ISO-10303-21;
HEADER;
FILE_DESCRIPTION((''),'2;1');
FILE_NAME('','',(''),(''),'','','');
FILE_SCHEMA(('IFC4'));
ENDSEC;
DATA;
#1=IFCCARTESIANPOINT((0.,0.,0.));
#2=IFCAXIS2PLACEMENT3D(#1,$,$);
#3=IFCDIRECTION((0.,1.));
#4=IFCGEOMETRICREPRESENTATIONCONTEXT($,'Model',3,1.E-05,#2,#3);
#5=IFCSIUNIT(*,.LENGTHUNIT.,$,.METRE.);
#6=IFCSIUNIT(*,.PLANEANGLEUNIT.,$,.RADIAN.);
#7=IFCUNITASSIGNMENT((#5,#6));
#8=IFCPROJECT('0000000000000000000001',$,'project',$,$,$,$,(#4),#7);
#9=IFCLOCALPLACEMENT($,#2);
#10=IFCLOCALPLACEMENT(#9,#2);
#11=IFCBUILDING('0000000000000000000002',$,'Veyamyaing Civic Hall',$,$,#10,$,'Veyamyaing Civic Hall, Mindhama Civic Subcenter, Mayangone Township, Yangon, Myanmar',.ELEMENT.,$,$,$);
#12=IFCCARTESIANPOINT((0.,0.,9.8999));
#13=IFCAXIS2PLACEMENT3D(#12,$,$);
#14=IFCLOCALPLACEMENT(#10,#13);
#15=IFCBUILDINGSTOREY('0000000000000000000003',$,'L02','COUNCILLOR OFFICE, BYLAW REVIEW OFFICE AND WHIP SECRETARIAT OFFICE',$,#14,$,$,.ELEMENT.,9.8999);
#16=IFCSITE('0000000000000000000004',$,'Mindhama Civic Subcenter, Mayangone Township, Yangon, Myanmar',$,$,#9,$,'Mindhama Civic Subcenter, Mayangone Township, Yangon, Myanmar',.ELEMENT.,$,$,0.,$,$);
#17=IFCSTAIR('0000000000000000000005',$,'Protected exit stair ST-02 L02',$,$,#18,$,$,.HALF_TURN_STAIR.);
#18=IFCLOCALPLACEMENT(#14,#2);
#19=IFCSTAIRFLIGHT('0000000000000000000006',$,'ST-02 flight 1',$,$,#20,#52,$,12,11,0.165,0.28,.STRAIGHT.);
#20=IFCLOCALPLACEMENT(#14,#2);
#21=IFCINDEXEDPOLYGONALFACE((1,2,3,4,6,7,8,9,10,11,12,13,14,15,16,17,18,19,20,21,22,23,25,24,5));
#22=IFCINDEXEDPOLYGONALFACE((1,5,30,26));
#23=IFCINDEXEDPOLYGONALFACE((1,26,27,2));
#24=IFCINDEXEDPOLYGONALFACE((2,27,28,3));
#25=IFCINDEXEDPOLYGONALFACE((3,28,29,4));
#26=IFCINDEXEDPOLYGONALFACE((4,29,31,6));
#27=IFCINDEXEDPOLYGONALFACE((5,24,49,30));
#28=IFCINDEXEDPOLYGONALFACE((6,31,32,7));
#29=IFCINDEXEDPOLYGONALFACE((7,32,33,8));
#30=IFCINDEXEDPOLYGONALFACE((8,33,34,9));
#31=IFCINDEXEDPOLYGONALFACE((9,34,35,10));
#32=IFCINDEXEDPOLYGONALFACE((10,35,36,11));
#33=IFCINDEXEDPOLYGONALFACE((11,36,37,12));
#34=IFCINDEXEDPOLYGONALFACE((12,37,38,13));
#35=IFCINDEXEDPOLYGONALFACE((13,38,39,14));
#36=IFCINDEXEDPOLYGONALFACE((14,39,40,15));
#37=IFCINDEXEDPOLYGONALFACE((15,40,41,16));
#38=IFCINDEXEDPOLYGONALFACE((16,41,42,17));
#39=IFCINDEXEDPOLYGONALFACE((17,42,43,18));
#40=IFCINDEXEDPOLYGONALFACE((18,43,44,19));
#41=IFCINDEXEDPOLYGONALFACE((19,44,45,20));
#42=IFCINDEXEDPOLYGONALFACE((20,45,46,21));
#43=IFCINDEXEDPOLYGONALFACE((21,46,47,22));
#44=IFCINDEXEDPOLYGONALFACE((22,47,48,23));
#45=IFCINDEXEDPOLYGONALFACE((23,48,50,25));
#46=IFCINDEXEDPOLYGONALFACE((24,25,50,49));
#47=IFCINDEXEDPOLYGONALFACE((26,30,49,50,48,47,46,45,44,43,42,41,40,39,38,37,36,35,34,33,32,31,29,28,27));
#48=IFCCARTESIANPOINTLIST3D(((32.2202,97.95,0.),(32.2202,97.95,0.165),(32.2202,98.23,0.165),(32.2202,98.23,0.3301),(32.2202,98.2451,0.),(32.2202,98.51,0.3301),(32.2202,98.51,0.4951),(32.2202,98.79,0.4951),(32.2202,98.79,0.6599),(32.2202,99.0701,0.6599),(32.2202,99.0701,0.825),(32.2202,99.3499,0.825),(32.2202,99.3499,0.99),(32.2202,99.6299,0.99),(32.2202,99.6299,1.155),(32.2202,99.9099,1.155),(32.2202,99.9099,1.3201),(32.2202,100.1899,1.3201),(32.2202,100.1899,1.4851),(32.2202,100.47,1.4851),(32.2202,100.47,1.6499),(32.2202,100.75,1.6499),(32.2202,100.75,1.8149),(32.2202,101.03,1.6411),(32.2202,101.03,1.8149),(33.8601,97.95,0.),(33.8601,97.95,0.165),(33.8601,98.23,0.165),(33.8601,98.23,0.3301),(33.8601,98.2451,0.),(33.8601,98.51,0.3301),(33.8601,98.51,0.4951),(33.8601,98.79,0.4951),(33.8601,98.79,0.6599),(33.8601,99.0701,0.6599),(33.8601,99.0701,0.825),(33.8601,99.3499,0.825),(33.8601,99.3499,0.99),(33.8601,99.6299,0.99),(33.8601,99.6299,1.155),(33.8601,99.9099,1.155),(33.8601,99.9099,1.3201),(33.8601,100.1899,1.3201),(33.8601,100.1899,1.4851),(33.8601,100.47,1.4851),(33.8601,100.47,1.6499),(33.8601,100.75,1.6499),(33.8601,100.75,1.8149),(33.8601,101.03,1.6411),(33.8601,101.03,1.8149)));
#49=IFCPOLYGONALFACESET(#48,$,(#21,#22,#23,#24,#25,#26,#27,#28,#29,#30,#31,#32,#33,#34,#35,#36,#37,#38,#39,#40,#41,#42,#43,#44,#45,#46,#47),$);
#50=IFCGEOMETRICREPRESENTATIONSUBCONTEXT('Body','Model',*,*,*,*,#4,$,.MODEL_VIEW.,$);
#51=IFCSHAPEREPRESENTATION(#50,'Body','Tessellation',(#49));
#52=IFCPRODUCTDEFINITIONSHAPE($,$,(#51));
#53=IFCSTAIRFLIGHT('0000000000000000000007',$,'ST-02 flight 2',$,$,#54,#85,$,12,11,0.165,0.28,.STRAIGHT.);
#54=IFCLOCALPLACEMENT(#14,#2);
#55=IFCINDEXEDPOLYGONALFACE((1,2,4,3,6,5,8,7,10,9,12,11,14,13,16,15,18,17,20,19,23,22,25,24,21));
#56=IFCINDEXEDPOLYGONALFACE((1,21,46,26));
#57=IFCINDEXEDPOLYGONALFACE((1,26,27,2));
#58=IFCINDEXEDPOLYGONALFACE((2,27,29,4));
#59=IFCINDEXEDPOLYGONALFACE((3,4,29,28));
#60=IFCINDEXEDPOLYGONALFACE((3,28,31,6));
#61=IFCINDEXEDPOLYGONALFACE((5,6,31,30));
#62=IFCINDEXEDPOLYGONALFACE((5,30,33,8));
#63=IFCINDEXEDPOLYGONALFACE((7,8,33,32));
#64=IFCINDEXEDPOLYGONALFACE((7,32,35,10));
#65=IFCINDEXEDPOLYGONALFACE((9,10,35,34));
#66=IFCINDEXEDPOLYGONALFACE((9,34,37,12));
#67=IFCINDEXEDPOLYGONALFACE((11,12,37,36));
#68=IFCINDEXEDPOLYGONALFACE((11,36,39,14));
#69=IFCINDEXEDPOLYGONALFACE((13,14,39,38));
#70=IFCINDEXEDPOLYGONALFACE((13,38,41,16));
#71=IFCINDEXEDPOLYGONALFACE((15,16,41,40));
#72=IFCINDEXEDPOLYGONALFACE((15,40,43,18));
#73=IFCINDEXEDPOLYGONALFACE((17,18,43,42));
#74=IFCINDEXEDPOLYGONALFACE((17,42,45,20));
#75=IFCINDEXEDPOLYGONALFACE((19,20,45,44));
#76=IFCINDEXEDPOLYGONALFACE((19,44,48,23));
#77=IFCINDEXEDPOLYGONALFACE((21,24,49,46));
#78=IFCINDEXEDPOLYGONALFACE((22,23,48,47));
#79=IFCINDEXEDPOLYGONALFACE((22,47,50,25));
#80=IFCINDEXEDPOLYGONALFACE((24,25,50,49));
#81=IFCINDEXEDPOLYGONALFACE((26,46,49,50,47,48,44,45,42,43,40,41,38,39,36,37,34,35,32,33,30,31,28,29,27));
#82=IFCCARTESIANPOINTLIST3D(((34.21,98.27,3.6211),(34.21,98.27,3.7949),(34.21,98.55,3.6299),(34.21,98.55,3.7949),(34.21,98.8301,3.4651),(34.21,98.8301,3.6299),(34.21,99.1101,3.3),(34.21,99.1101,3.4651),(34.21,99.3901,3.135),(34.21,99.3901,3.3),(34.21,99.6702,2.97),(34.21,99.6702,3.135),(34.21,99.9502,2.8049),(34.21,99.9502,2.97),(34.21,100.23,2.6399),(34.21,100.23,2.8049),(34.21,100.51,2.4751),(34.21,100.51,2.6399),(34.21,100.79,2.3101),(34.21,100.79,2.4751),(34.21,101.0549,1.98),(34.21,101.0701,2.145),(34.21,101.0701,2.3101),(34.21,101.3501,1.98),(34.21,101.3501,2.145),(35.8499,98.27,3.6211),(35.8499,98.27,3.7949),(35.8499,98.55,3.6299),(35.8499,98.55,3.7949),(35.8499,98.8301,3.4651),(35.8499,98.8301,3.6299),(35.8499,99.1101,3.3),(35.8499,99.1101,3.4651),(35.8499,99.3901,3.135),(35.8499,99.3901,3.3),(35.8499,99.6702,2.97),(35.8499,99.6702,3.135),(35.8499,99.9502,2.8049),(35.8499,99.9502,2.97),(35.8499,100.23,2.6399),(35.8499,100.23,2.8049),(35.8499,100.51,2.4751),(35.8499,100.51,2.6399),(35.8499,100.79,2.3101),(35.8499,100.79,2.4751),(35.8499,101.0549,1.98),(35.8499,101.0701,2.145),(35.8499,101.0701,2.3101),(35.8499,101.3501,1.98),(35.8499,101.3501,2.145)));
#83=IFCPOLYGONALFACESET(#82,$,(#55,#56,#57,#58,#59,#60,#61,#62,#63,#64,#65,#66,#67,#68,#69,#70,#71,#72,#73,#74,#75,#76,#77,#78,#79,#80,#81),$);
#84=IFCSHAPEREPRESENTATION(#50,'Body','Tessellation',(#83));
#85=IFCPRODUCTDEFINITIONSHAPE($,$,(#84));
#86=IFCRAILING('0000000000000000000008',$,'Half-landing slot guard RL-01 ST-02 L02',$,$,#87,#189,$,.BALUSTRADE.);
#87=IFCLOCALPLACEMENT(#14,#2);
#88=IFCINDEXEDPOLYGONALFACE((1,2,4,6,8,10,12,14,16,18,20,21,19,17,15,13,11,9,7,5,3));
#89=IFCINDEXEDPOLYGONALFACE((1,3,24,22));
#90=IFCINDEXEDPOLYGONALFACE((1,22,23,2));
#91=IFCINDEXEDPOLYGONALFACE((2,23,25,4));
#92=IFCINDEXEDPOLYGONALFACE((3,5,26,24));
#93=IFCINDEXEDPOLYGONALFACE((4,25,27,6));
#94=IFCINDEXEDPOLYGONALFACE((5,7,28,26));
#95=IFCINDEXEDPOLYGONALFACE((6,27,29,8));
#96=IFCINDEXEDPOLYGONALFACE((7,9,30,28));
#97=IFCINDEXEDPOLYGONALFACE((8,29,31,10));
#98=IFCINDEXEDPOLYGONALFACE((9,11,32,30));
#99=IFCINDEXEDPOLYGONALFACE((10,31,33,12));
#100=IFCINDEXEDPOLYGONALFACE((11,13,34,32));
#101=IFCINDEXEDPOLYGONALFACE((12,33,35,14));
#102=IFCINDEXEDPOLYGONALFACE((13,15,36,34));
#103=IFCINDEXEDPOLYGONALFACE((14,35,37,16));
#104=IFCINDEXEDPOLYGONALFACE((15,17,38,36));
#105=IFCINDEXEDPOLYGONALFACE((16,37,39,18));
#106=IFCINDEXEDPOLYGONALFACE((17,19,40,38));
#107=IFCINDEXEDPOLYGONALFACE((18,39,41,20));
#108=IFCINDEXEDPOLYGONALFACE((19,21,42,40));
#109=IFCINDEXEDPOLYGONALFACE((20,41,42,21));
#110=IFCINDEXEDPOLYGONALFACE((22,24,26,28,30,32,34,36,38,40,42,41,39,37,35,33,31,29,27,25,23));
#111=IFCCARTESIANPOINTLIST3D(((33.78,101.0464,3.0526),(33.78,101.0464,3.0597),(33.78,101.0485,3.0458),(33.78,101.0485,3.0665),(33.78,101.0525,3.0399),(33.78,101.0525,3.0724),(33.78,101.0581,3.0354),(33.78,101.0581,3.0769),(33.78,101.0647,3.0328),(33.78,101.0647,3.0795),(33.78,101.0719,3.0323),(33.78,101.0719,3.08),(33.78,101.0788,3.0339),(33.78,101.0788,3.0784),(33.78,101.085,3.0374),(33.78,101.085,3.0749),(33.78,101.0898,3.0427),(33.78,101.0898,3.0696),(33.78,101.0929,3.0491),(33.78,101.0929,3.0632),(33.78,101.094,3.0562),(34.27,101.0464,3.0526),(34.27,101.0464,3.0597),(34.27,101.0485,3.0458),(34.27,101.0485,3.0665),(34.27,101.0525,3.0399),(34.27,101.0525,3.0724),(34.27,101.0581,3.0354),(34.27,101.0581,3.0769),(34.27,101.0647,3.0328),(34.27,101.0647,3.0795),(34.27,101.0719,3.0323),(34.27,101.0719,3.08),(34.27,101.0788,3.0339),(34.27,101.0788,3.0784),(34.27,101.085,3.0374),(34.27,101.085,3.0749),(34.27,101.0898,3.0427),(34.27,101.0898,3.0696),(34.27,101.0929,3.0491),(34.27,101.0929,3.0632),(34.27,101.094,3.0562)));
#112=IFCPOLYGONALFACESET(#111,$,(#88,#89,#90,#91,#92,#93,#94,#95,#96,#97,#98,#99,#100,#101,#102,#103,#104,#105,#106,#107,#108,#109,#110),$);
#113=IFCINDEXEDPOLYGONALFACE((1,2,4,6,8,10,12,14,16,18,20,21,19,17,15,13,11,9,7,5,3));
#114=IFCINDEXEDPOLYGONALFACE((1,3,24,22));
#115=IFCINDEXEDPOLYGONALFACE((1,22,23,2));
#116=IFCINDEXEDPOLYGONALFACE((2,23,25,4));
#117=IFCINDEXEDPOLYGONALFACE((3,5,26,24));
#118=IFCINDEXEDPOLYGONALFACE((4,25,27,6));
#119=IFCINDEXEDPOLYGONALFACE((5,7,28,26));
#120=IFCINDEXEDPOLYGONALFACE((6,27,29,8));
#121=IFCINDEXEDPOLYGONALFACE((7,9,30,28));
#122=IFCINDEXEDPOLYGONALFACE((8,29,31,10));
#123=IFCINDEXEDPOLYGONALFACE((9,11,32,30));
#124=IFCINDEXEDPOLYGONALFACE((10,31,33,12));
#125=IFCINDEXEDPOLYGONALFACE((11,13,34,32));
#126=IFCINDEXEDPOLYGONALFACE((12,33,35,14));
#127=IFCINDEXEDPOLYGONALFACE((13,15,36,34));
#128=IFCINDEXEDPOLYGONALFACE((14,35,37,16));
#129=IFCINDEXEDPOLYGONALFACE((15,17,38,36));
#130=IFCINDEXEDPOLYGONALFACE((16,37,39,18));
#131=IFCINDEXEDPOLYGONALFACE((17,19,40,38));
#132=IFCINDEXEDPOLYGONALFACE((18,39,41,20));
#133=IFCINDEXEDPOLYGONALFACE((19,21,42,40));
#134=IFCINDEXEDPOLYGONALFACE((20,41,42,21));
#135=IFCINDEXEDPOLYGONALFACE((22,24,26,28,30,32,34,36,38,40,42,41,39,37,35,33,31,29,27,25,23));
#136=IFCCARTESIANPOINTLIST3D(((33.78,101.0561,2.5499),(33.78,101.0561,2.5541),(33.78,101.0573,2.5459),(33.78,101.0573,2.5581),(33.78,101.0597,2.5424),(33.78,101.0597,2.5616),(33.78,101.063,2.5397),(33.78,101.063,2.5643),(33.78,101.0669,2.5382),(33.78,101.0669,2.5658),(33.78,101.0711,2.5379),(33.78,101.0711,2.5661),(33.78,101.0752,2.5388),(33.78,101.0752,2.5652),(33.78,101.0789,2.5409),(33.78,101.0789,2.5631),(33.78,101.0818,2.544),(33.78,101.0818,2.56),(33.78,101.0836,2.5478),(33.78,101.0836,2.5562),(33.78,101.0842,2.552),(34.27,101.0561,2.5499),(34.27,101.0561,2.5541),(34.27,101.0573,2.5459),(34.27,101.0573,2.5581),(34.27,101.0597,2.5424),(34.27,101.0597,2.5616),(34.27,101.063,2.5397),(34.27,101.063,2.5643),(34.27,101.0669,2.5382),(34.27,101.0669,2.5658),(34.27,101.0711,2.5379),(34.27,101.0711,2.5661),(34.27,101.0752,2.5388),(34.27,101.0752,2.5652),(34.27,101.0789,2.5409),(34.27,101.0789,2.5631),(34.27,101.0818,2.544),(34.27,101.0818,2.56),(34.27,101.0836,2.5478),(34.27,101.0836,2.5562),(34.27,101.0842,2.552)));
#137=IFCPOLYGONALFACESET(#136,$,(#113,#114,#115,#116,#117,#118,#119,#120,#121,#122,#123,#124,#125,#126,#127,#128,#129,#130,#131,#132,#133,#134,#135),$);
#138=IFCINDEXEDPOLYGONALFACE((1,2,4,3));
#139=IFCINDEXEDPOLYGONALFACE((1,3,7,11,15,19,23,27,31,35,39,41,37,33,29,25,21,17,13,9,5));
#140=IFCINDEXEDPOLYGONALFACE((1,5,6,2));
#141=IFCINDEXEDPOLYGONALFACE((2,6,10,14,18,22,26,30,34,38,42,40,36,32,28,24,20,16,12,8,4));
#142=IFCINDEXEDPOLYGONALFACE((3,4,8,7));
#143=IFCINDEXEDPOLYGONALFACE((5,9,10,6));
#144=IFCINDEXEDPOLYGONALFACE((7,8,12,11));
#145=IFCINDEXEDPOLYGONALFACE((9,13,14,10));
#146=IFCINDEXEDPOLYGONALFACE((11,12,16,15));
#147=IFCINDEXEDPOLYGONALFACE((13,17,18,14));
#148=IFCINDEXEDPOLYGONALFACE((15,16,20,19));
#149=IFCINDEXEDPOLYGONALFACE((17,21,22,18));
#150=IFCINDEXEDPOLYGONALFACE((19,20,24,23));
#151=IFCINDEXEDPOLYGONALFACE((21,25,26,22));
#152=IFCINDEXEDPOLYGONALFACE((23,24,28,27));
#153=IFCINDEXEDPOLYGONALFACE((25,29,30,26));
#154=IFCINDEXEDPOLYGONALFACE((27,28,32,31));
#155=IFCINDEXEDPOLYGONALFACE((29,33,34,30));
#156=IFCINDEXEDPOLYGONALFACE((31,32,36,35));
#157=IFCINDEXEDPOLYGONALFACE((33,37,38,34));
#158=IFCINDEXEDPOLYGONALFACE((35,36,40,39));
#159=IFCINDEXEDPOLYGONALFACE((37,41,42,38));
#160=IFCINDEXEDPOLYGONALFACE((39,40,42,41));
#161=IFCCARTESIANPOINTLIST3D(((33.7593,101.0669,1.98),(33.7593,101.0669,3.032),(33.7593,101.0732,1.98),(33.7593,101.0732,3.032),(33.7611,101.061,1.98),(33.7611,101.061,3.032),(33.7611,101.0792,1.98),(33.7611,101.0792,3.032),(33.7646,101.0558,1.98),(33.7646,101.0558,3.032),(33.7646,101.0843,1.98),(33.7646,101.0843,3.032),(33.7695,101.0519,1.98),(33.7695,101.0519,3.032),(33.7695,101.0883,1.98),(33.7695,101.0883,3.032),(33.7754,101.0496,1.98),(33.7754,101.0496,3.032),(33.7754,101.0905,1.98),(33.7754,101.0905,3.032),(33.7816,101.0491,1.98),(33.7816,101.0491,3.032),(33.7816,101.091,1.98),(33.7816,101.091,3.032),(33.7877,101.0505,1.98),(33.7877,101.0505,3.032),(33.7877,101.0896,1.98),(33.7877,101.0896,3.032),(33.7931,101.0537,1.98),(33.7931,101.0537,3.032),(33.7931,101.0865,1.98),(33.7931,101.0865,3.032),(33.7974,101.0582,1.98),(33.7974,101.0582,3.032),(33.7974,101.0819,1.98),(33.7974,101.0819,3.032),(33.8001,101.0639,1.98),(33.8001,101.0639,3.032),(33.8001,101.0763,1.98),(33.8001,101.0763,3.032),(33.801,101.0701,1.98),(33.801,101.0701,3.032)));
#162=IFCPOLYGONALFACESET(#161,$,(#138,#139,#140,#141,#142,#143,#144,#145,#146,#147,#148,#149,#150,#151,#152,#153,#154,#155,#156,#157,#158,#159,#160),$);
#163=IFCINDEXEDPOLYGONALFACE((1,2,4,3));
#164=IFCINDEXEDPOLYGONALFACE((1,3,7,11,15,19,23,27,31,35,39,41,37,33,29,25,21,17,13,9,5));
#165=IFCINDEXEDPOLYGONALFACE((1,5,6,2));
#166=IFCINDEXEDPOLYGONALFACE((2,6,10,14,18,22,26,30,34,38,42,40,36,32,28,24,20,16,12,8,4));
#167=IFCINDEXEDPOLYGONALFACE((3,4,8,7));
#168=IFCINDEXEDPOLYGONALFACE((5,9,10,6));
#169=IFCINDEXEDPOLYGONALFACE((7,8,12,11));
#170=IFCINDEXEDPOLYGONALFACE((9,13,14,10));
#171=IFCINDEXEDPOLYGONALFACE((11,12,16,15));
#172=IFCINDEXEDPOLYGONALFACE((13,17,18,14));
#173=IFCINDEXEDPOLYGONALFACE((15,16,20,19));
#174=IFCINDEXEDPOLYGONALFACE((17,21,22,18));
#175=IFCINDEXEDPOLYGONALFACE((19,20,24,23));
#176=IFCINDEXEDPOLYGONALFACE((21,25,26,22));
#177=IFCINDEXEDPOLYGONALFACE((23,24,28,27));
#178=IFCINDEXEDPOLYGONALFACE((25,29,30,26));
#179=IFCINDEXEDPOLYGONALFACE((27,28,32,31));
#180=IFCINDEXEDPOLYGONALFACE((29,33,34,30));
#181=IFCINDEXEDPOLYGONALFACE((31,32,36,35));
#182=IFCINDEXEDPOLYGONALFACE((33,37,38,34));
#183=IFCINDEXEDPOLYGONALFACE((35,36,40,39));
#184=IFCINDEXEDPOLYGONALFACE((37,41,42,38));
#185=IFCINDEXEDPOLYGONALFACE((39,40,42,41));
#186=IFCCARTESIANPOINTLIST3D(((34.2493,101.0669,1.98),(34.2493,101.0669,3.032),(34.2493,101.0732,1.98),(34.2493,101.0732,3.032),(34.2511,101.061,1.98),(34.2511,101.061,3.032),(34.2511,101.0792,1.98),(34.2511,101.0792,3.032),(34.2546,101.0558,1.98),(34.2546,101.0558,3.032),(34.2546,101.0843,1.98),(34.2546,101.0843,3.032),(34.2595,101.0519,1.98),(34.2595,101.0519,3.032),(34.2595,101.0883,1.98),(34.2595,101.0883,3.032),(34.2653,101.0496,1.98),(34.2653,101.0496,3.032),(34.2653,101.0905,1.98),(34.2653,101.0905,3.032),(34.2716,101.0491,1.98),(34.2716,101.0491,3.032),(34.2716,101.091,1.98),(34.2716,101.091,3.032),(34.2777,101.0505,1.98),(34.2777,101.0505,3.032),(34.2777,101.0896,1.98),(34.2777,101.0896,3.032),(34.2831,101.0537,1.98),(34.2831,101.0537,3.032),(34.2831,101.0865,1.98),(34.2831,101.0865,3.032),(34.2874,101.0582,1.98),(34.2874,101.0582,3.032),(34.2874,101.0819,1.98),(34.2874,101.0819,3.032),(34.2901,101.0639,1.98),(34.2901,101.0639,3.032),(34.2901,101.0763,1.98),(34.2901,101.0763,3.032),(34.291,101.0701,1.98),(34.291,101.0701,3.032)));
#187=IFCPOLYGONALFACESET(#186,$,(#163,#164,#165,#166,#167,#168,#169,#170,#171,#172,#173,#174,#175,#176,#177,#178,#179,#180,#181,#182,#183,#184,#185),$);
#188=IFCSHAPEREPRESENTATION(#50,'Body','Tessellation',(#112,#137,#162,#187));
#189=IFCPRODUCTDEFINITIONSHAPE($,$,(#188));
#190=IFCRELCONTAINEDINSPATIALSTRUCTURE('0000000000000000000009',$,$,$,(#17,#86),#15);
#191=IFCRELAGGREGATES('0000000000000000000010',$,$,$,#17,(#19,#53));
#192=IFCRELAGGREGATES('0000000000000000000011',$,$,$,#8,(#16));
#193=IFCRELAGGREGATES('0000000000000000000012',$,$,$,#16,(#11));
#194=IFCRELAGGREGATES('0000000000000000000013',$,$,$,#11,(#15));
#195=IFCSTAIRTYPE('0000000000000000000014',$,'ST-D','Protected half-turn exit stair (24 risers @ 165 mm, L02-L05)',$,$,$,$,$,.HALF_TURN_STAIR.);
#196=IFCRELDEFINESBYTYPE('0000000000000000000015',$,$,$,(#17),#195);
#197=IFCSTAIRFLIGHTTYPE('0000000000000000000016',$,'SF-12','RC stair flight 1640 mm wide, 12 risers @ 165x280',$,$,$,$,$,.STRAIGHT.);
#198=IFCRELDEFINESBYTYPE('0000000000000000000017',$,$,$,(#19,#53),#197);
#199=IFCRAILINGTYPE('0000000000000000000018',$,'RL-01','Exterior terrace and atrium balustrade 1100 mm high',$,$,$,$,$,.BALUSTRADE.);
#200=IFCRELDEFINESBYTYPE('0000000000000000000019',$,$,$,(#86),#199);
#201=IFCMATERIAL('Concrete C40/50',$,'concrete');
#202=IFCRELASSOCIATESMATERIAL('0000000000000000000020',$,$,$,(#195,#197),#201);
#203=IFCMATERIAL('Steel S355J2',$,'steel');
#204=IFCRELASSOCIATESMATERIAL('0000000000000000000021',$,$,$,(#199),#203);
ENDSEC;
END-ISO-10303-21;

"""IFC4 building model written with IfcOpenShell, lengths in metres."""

from ifc_helpers import new_model, si_unit, direction, frame, origin, origin_2d, place, context, subcontext, project, spatial, polyline, circle, outline, extrude, material, type_object, element, aggregate, save


model = new_model("IFC4")

# Units and contexts
model_context = context("Model", 3, precision=1e-05, world=origin(), true_north=direction((0.0, 1.0)))
body_context = subcontext(model_context, "Body", "Model", "MODEL_VIEW")
ifc_project = project(units=[si_unit("LENGTHUNIT", "METRE"), si_unit("PLANEANGLEUNIT", "RADIAN")], contexts=[model_context])

# Site, building, storey
site_placement = place(None, origin())
site = spatial("IfcSite", under=ifc_project, at=site_placement, Name="Mindhama Civic Subcenter, Mayangone Township, Yangon, Myanmar", LongName="Mindhama Civic Subcenter, Mayangone Township, Yangon, Myanmar", CompositionType="ELEMENT", RefElevation=0.0)
building_placement = place(site_placement, origin())
building = spatial("IfcBuilding", under=site, at=building_placement, Name="Veyamyaing Civic Hall", LongName="Veyamyaing Civic Hall, Mindhama Civic Subcenter, Mayangone Township, Yangon, Myanmar", CompositionType="ELEMENT")
storey_placement = place(building_placement, frame((0.0, 0.0, 9.8999)))
storey = spatial("IfcBuildingStorey", under=building, at=storey_placement, Name="L02", Description="COUNCILLOR OFFICE, BYLAW REVIEW OFFICE AND WHIP SECRETARIAT OFFICE", CompositionType="ELEMENT", Elevation=9.8999)

# Shared definitions
ifc_material_1 = material(Name="Concrete C40/50", Category="concrete")

# Stair, stair flights
stair_type = type_object("IfcStairType", Name="ST-D", Description="Protected half-turn exit stair (24 risers @ 165 mm, L02-L05)", PredefinedType="HALF_TURN_STAIR", material=ifc_material_1)
stair_placement = place(storey_placement, origin())
stair = element("IfcStair", 1, at=stair_placement, inside=storey, type_object=stair_type, Name="Protected exit stair ST-02 L02", PredefinedType="HALF_TURN_STAIR")
stair_flight_type = type_object("IfcStairFlightType", Name="SF-12", Description="RC stair flight 1640 mm wide, 12 risers @ 165x280", PredefinedType="STRAIGHT", material=ifc_material_1)
stair_flight_1_placement = place(storey_placement, frame((33.04, 97.95, 0.0), z_axis=(0.0, 0.0, 1.0), x_axis=(0.0, 1.0, 0.0)))
stair_flight_1 = element("IfcStairFlight", 2, at=stair_flight_1_placement, type_object=stair_flight_type, Name="ST-02 flight 1", NumberOfRisers=12, NumberOfTreads=11, PredefinedType="STRAIGHT", RiserHeight=0.165, TreadLength=0.28, context=body_context, shape_type="SweptSolid", body=[
    extrude(outline(polyline([(0.0, 0.0), (0.0, 0.165), (0.28, 0.165), (0.28, 0.3301), (0.5601, 0.3301), (0.5601, 0.4951), (0.8401, 0.4951), (0.8401, 0.6599), (1.1201, 0.6599), (1.1201, 0.825), (1.3999, 0.825), (1.3999, 0.99), (1.6799, 0.99), (1.6799, 1.155), (1.96, 1.155), (1.96, 1.3201), (2.24, 1.3201), (2.24, 1.4851), (2.52, 1.4851), (2.52, 1.6499), (2.8, 1.6499), (2.8, 1.8149), (3.0801, 1.8149), (3.0801, 1.98), (3.0801, 1.6411), (0.2952, 0.0), (0.0, 0.0)])), frame((0.0, 0.8198, 0.0), z_axis=(0.0, -1.0, 0.0), x_axis=(1.0, 0.0, 0.0)), (0.0, 0.0, 1.0), 1.6399),
])
stair_flight_2_placement = place(storey_placement, frame((35.03, 101.3501, 1.98), z_axis=(0.0, 0.0, 1.0), x_axis=(0.0, -1.0, 0.0)))
stair_flight_2 = element("IfcStairFlight", 3, at=stair_flight_2_placement, type_object=stair_flight_type, Name="ST-02 flight 2", NumberOfRisers=12, NumberOfTreads=11, PredefinedType="STRAIGHT", RiserHeight=0.165, TreadLength=0.28, context=body_context, shape_type="SweptSolid", body=[
    extrude(outline(polyline([(0.0, 0.0), (0.0, 0.165), (0.28, 0.165), (0.28, 0.3301), (0.5601, 0.3301), (0.5601, 0.4951), (0.8401, 0.4951), (0.8401, 0.6599), (1.1201, 0.6599), (1.1201, 0.825), (1.3999, 0.825), (1.3999, 0.99), (1.6799, 0.99), (1.6799, 1.155), (1.96, 1.155), (1.96, 1.3201), (2.24, 1.3201), (2.24, 1.4851), (2.52, 1.4851), (2.52, 1.6499), (2.8, 1.6499), (2.8, 1.8149), (3.0801, 1.8149), (3.0801, 1.98), (3.0801, 1.6411), (0.2952, 0.0), (0.0, 0.0)])), frame((0.0, 0.8198, 0.0), z_axis=(0.0, -1.0, 0.0), x_axis=(1.0, 0.0, 0.0)), (0.0, 0.0, 1.0), 1.6399),
])
aggregate(stair, [stair_flight_1, stair_flight_2])

# Railing
ifc_material_2 = material(Name="Steel S355J2", Category="steel")
railing_type_1 = type_object("IfcRailingType", Name="RL-01", Description="Exterior terrace and atrium balustrade 1100 mm high", PredefinedType="BALUSTRADE", material=ifc_material_2)
railing_1_placement = place(storey_placement, frame((33.78, 101.0701, 1.98)))
element("IfcRailing", 4, at=railing_1_placement, inside=storey, type_object=railing_type_1, Name="Half-landing slot guard RL-01 ST-02 L02", PredefinedType="BALUSTRADE", context=body_context, shape_type="SweptSolid", body=[
    extrude(circle(Radius=0.0239, at=origin_2d()), frame((0.0, 0.0, 1.0762), z_axis=(1.0, 0.0, 0.0), x_axis=(0.0, 1.0, 0.0)), (0.0, 0.0, 1.0), 0.49),
    extrude(circle(Radius=0.0142, at=origin_2d()), frame((0.0, 0.0, 0.572), z_axis=(1.0, 0.0, 0.0), x_axis=(0.0, 1.0, 0.0)), (0.0, 0.0, 1.0), 0.49),
    extrude(circle(Radius=0.021, at=origin_2d()), origin(), (0.0, 0.0, 1.0), 1.052),
    extrude(circle(Radius=0.021, at=origin_2d()), frame((0.49, 0.0, 0.0)), (0.0, 0.0, 1.0), 1.052),
])

save(model, "model.ifc")
